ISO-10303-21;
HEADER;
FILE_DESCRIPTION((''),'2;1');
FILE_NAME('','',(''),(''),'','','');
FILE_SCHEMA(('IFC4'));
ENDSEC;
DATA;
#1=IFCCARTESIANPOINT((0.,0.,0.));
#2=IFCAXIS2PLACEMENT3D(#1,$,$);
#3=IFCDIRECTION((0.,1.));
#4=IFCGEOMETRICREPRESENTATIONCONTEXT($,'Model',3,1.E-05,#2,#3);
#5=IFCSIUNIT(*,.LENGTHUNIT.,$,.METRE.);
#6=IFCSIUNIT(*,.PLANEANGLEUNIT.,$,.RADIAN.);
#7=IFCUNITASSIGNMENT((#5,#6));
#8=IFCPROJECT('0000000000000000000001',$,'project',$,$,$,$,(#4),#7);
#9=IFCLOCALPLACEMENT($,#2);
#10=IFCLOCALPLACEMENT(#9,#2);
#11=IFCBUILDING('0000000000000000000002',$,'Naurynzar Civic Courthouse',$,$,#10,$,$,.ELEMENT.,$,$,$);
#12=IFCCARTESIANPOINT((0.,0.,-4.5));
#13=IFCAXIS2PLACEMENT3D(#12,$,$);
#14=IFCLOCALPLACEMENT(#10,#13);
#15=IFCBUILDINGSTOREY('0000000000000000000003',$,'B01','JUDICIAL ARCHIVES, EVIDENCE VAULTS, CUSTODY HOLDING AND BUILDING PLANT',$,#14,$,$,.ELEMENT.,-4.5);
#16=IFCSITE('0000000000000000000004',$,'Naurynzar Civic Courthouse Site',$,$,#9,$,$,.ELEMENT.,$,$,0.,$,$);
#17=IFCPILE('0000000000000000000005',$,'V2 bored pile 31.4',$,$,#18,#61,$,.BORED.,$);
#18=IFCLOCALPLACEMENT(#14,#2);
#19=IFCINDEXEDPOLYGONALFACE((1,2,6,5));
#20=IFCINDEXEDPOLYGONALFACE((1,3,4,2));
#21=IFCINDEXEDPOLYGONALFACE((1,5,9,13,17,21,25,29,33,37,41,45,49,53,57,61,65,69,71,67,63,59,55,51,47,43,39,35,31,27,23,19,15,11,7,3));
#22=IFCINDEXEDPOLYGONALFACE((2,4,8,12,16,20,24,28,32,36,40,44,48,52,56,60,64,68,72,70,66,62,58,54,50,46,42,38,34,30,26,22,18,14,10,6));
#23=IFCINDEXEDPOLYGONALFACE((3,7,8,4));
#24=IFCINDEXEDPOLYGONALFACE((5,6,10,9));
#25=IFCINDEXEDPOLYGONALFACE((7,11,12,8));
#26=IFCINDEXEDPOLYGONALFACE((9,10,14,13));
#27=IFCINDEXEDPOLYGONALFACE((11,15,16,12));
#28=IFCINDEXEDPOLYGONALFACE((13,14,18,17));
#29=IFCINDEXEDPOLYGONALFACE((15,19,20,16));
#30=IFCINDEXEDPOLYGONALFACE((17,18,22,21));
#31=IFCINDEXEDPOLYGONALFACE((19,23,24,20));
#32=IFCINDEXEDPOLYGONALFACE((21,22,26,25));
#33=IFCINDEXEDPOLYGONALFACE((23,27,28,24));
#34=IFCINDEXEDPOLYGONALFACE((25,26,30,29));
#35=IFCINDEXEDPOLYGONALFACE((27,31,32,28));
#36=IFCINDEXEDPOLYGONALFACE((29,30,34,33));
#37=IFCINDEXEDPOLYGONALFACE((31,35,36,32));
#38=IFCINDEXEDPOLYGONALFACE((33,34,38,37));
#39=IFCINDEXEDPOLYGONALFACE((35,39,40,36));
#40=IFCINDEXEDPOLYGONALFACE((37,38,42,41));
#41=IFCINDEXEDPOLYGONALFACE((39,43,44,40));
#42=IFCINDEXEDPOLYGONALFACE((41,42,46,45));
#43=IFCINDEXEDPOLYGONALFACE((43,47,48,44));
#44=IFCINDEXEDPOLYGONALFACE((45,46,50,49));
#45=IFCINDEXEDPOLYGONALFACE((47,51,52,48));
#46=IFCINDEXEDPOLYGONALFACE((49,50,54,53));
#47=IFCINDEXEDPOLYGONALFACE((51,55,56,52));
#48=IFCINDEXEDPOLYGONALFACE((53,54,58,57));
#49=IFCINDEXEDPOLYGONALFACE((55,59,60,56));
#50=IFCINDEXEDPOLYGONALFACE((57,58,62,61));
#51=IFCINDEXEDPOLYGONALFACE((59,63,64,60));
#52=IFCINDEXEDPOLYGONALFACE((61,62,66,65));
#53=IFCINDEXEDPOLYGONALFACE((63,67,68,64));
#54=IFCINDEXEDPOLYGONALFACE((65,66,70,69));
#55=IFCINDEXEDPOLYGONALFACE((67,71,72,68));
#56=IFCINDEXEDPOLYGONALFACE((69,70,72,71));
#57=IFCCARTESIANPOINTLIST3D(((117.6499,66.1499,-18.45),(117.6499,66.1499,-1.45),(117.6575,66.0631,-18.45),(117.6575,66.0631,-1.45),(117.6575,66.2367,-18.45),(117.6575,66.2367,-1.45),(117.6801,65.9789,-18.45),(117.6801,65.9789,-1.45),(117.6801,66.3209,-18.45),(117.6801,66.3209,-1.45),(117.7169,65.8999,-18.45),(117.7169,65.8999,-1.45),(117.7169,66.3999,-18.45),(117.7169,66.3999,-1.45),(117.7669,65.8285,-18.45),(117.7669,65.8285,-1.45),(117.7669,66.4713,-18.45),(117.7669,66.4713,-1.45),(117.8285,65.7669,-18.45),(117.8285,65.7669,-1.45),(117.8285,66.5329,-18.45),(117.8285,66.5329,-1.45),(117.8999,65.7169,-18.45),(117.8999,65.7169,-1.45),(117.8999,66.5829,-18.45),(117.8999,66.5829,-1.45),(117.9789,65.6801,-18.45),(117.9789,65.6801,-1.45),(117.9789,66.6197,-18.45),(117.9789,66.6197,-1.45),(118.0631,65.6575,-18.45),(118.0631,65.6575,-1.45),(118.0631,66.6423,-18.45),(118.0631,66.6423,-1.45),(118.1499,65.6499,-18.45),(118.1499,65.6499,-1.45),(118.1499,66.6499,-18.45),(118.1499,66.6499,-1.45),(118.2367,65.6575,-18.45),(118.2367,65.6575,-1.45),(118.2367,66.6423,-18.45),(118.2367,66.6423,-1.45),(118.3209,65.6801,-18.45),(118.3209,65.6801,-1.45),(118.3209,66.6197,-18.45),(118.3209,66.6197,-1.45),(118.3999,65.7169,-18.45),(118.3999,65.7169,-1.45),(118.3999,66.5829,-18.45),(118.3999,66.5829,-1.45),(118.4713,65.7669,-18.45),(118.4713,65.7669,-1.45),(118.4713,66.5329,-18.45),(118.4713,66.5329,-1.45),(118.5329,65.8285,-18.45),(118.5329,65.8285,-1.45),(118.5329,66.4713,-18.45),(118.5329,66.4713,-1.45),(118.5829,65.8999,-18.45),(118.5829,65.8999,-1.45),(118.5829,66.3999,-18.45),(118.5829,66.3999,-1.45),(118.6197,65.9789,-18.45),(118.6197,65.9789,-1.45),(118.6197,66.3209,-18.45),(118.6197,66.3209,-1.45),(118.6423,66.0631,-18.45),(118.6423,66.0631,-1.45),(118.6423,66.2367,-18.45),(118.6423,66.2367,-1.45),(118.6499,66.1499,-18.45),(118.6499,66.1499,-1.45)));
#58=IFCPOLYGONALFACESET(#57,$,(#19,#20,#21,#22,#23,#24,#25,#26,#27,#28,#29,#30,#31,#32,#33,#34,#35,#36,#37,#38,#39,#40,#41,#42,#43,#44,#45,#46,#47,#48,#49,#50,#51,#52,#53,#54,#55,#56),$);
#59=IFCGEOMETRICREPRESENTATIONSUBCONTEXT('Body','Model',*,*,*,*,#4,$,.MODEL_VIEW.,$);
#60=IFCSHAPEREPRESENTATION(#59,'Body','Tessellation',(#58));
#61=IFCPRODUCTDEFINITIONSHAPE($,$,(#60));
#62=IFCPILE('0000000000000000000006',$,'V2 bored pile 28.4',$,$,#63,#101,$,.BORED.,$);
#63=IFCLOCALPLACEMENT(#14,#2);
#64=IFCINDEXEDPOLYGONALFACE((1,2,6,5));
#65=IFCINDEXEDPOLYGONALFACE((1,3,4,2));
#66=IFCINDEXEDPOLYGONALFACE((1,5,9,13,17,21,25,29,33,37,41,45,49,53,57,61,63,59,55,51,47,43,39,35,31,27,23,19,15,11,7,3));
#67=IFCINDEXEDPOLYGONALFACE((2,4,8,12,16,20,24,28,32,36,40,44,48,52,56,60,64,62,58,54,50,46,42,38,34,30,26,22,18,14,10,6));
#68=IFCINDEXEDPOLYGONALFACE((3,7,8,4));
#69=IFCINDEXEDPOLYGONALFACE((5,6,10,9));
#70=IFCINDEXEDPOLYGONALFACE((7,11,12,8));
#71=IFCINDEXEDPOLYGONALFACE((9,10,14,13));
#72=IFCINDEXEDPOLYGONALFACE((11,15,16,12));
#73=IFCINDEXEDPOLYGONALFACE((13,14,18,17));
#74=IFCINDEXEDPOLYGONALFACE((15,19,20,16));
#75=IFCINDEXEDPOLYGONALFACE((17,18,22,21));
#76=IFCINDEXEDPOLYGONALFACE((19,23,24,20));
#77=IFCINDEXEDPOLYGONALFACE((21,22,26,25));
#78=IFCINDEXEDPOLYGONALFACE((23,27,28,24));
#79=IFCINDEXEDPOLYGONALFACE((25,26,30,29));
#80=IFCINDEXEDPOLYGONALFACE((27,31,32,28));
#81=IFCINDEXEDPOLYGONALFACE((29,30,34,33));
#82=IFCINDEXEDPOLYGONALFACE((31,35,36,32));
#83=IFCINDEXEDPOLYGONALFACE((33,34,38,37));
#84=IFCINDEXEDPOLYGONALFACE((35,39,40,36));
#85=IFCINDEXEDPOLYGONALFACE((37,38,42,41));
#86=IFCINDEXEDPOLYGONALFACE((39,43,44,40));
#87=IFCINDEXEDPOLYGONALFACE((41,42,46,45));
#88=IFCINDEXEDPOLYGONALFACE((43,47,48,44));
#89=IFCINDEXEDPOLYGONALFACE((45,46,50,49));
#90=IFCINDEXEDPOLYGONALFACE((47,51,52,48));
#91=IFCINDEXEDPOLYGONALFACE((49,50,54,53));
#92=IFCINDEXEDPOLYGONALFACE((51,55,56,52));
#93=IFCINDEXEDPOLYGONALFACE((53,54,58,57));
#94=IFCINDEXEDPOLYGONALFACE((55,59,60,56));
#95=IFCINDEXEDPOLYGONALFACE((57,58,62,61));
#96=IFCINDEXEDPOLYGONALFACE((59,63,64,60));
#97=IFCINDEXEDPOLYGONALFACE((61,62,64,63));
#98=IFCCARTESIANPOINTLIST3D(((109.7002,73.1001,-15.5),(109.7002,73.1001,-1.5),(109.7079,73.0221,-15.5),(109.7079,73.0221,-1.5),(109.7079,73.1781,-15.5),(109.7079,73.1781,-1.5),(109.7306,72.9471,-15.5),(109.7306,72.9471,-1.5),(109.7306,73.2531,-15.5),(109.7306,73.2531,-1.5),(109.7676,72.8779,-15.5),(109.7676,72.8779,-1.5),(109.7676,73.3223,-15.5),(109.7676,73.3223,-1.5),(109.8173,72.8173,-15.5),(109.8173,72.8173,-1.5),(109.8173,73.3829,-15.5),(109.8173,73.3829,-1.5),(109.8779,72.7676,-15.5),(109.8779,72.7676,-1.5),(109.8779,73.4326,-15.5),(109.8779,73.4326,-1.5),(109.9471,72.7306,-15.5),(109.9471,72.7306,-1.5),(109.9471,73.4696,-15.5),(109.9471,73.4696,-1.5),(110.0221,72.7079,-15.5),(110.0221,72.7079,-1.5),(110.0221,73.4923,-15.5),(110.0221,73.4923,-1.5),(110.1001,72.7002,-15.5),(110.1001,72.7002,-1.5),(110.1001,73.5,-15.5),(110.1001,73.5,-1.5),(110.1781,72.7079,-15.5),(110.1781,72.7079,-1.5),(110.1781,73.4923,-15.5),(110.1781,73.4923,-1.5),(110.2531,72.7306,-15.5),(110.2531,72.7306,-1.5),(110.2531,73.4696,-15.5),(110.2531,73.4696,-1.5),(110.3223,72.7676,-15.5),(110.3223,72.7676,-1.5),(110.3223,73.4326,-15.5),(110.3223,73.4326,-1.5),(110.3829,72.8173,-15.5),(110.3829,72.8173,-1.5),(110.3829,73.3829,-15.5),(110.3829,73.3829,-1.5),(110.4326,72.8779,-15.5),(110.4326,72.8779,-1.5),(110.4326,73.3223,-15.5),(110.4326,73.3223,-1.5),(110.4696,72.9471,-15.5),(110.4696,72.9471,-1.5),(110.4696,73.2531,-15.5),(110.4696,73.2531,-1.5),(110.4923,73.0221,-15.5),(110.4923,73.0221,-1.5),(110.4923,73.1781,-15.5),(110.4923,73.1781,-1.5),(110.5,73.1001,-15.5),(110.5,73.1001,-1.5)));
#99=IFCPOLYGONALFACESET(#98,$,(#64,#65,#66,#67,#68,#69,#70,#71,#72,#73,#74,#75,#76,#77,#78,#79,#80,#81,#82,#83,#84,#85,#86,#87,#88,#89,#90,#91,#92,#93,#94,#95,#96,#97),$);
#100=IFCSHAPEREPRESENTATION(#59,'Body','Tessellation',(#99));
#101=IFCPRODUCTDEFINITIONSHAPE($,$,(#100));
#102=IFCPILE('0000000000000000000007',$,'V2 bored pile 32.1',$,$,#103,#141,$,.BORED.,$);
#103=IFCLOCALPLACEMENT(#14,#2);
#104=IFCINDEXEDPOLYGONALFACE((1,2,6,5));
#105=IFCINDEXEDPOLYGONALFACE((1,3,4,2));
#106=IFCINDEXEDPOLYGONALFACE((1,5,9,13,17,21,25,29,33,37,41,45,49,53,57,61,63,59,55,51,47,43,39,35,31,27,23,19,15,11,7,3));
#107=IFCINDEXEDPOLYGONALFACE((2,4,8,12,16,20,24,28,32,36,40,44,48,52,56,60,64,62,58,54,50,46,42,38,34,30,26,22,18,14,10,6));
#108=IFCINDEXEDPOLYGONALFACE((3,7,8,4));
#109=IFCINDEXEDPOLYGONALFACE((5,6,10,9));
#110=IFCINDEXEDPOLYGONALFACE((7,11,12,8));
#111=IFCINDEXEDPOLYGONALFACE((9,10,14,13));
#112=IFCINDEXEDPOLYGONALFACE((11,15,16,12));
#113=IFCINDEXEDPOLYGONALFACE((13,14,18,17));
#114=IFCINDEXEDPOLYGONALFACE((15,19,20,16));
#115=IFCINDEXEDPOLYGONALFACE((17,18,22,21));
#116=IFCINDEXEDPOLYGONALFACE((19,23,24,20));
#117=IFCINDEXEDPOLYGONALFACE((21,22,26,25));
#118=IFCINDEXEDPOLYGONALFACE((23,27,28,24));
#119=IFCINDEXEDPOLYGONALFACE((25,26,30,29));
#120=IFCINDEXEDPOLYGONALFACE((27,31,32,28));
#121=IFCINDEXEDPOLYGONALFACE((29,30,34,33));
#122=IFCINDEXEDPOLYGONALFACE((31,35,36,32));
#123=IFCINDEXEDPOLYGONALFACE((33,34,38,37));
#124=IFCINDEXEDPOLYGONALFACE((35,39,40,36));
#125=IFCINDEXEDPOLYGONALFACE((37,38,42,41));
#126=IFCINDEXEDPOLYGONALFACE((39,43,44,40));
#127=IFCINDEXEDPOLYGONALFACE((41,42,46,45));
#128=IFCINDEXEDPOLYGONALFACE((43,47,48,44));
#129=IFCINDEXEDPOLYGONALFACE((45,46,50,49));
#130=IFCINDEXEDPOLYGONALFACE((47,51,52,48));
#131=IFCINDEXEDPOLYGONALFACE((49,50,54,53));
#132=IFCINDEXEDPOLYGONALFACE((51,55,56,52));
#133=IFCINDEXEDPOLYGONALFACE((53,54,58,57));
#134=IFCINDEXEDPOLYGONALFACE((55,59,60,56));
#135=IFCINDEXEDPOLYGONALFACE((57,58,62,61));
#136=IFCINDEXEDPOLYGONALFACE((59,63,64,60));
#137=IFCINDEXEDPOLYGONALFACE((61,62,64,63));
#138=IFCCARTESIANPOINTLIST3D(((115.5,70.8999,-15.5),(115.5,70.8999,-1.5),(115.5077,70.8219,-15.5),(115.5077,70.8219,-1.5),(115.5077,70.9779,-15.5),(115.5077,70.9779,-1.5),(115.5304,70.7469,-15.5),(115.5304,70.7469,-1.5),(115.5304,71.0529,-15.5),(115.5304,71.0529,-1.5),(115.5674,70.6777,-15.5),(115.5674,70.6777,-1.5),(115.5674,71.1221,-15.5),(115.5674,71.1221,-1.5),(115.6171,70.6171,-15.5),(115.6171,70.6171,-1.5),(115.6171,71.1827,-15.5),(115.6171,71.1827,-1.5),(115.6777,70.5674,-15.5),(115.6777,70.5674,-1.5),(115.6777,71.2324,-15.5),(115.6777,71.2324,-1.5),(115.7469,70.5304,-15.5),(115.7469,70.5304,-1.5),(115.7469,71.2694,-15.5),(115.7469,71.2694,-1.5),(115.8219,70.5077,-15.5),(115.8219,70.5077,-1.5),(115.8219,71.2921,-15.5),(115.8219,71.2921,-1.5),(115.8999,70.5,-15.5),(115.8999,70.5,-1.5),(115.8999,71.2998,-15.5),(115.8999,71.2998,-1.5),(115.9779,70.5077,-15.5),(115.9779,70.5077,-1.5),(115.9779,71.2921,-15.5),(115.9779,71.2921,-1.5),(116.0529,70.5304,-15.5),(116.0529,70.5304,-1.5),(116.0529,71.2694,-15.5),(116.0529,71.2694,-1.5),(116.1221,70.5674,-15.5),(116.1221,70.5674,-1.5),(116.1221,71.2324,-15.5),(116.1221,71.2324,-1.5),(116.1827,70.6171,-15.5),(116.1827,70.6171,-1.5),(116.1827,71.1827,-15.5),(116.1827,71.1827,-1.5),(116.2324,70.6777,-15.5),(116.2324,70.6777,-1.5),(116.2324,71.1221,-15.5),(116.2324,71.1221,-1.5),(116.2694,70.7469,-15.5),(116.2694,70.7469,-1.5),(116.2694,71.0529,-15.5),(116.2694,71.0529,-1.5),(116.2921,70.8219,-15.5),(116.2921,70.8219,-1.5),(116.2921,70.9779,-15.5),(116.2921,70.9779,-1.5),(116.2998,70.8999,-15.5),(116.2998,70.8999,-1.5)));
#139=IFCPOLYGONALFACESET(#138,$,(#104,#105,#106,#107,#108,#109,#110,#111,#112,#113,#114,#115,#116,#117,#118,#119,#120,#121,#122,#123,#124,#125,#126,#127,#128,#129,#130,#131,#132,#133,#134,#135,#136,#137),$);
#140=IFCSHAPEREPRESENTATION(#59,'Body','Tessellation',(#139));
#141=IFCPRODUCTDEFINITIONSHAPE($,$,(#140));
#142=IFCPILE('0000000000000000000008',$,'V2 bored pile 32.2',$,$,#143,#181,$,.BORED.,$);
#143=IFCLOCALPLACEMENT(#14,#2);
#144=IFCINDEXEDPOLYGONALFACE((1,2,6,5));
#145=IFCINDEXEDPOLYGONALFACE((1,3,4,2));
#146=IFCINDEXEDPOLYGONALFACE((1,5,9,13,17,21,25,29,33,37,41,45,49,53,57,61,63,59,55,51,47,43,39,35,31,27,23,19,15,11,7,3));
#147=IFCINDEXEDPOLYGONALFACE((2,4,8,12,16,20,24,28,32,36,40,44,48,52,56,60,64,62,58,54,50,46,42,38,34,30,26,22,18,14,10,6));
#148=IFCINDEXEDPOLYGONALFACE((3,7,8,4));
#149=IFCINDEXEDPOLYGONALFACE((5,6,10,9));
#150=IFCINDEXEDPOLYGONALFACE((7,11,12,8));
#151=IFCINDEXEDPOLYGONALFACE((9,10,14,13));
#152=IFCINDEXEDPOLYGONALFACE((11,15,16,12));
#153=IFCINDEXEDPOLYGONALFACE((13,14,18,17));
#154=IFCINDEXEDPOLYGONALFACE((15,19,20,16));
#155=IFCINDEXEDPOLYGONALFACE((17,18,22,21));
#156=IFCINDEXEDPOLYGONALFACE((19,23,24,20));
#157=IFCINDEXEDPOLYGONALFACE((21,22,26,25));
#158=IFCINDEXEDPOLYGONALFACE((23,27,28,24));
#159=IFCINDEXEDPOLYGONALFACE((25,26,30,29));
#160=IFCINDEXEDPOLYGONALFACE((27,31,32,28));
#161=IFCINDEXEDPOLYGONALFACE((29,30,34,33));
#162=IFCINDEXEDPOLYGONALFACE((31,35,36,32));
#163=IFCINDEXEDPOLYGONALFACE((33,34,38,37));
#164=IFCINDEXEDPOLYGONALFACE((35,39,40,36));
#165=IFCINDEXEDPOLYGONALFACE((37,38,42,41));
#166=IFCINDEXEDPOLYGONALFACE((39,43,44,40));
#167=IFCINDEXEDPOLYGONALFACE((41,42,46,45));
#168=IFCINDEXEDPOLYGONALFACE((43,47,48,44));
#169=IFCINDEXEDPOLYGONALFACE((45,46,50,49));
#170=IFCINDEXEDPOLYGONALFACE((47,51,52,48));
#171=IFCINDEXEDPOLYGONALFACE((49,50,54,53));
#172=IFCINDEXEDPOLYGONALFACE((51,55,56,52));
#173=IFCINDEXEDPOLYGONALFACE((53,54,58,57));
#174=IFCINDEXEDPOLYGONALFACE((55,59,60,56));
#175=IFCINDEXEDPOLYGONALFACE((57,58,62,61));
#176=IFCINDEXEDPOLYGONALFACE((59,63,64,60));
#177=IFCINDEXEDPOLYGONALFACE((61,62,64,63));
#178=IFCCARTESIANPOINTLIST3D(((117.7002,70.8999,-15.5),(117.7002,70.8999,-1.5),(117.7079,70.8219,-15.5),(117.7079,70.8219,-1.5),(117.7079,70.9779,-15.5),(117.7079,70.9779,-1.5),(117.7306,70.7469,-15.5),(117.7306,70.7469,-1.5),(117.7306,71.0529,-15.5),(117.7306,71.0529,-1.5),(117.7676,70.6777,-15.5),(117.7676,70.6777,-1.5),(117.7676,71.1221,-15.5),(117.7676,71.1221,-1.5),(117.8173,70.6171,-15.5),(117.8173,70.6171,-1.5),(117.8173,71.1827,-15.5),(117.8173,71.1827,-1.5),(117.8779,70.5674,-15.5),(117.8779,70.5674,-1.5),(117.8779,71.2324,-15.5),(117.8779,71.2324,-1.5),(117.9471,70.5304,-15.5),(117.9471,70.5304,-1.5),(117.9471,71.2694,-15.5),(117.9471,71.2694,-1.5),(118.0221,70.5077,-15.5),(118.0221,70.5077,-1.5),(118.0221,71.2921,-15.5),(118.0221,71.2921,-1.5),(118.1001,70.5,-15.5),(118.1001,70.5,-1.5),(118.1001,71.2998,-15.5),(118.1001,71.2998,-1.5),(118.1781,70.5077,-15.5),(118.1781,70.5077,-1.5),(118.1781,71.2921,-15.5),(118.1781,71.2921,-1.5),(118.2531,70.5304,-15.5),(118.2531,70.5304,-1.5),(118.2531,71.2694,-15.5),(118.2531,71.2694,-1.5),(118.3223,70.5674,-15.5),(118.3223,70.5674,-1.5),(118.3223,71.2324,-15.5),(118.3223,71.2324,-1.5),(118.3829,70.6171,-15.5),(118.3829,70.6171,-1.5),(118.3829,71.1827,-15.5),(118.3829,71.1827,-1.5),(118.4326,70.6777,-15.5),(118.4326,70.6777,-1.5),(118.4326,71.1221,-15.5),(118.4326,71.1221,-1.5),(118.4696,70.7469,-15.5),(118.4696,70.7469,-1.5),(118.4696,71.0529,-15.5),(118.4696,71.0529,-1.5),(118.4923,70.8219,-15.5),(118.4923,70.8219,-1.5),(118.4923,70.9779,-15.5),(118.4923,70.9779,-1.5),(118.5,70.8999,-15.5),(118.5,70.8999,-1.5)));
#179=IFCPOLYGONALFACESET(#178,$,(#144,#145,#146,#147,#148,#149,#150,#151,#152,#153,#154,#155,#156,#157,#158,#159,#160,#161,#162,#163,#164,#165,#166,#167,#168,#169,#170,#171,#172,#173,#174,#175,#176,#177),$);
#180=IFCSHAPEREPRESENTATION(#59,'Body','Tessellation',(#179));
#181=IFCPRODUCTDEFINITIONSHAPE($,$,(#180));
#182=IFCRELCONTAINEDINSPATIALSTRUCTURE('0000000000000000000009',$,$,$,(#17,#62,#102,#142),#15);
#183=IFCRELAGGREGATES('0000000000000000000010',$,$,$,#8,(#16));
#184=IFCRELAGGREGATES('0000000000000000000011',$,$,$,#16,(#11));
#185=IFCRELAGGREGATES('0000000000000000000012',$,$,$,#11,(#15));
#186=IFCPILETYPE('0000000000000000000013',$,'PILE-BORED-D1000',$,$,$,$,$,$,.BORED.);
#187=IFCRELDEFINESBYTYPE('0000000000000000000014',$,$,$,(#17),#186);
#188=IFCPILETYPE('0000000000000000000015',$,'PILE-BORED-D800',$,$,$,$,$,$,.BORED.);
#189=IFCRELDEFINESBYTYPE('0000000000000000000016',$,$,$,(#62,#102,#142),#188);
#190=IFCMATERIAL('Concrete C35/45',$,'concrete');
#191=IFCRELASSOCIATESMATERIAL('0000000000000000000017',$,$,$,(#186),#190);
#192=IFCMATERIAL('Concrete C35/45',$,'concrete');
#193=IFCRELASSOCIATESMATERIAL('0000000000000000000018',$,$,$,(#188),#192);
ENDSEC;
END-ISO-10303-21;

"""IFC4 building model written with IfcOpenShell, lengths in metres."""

from ifc_helpers import new_model, si_unit, direction, frame, origin, origin_2d, place, context, subcontext, project, spatial, circle, extrude, material, material_profile, profile_set, type_object, element, save


model = new_model("IFC4")

# Units and contexts
model_context = context("Model", 3, precision=1e-05, world=origin(), true_north=direction((0.0, 1.0)))
body_context = subcontext(model_context, "Body", "Model", "MODEL_VIEW")
ifc_project = project(units=[si_unit("LENGTHUNIT", "METRE"), si_unit("PLANEANGLEUNIT", "RADIAN")], contexts=[model_context])

# Site, building, storey
site_placement = place(None, origin())
site = spatial("IfcSite", under=ifc_project, at=site_placement, Name="Naurynzar Civic Courthouse Site", CompositionType="ELEMENT", RefElevation=0.0)
building_placement = place(site_placement, origin())
building = spatial("IfcBuilding", under=site, at=building_placement, Name="Naurynzar Civic Courthouse", CompositionType="ELEMENT")
storey_placement = place(building_placement, frame((0.0, 0.0, -4.5)))
storey = spatial("IfcBuildingStorey", under=building, at=storey_placement, Name="B01", Description="JUDICIAL ARCHIVES, EVIDENCE VAULTS, CUSTODY HOLDING AND BUILDING PLANT", CompositionType="ELEMENT", Elevation=-4.5)

# Piles
ifc_material_1 = material(Name="Concrete C35/45", Category="concrete")
ifc_material_profile_1 = material_profile(ifc_material_1, circle(Radius=0.5, at=origin_2d()), Name="PILE D1000")
ifc_profile_set_1 = profile_set([ifc_material_profile_1], Name="Concrete C35/45")
pile_type_1 = type_object("IfcPileType", Name="PILE-BORED-D1000", PredefinedType="BORED", material=ifc_profile_set_1)
for number, where, z_axis, x_axis, name in (
    (1, (118.1499, 66.1499, -1.45), (0.0, 0.0, -1.0), (1.0, 0.0, 0.0), "V2 bored pile 31.4"),
):
    element("IfcPile", number, at=place(storey_placement, frame(where, z_axis=z_axis, x_axis=x_axis)), inside=storey, type_object=pile_type_1, Name=name, PredefinedType="BORED", context=body_context, shape_type="SweptSolid", body=[
        extrude(circle(Radius=0.5, at=origin_2d()), origin(), (0.0, 0.0, 1.0), 17.0),
    ])
ifc_material_2 = material(Name="Concrete C35/45", Category="concrete")
ifc_material_profile_2 = material_profile(ifc_material_2, circle(Radius=0.3999, at=origin_2d()), Name="PILE D800")
ifc_profile_set_2 = profile_set([ifc_material_profile_2], Name="Concrete C35/45")
pile_type_2 = type_object("IfcPileType", Name="PILE-BORED-D800", PredefinedType="BORED", material=ifc_profile_set_2)
for number, where, z_axis, x_axis, name in (
    (2, (110.1001, 73.1001, -1.5), (0.0, 0.0, -1.0), (1.0, 0.0, 0.0), "V2 bored pile 28.4"),
    (3, (115.8999, 70.8999, -1.5), (0.0, 0.0, -1.0), (1.0, 0.0, 0.0), "V2 bored pile 32.1"),
    (4, (118.1001, 70.8999, -1.5), (0.0, 0.0, -1.0), (1.0, 0.0, 0.0), "V2 bored pile 32.2"),
):
    element("IfcPile", number, at=place(storey_placement, frame(where, z_axis=z_axis, x_axis=x_axis)), inside=storey, type_object=pile_type_2, Name=name, PredefinedType="BORED", context=body_context, shape_type="SweptSolid", body=[
        extrude(circle(Radius=0.3999, at=origin_2d()), origin(), (0.0, 0.0, 1.0), 14.0),
    ])

save(model, "model.ifc")
